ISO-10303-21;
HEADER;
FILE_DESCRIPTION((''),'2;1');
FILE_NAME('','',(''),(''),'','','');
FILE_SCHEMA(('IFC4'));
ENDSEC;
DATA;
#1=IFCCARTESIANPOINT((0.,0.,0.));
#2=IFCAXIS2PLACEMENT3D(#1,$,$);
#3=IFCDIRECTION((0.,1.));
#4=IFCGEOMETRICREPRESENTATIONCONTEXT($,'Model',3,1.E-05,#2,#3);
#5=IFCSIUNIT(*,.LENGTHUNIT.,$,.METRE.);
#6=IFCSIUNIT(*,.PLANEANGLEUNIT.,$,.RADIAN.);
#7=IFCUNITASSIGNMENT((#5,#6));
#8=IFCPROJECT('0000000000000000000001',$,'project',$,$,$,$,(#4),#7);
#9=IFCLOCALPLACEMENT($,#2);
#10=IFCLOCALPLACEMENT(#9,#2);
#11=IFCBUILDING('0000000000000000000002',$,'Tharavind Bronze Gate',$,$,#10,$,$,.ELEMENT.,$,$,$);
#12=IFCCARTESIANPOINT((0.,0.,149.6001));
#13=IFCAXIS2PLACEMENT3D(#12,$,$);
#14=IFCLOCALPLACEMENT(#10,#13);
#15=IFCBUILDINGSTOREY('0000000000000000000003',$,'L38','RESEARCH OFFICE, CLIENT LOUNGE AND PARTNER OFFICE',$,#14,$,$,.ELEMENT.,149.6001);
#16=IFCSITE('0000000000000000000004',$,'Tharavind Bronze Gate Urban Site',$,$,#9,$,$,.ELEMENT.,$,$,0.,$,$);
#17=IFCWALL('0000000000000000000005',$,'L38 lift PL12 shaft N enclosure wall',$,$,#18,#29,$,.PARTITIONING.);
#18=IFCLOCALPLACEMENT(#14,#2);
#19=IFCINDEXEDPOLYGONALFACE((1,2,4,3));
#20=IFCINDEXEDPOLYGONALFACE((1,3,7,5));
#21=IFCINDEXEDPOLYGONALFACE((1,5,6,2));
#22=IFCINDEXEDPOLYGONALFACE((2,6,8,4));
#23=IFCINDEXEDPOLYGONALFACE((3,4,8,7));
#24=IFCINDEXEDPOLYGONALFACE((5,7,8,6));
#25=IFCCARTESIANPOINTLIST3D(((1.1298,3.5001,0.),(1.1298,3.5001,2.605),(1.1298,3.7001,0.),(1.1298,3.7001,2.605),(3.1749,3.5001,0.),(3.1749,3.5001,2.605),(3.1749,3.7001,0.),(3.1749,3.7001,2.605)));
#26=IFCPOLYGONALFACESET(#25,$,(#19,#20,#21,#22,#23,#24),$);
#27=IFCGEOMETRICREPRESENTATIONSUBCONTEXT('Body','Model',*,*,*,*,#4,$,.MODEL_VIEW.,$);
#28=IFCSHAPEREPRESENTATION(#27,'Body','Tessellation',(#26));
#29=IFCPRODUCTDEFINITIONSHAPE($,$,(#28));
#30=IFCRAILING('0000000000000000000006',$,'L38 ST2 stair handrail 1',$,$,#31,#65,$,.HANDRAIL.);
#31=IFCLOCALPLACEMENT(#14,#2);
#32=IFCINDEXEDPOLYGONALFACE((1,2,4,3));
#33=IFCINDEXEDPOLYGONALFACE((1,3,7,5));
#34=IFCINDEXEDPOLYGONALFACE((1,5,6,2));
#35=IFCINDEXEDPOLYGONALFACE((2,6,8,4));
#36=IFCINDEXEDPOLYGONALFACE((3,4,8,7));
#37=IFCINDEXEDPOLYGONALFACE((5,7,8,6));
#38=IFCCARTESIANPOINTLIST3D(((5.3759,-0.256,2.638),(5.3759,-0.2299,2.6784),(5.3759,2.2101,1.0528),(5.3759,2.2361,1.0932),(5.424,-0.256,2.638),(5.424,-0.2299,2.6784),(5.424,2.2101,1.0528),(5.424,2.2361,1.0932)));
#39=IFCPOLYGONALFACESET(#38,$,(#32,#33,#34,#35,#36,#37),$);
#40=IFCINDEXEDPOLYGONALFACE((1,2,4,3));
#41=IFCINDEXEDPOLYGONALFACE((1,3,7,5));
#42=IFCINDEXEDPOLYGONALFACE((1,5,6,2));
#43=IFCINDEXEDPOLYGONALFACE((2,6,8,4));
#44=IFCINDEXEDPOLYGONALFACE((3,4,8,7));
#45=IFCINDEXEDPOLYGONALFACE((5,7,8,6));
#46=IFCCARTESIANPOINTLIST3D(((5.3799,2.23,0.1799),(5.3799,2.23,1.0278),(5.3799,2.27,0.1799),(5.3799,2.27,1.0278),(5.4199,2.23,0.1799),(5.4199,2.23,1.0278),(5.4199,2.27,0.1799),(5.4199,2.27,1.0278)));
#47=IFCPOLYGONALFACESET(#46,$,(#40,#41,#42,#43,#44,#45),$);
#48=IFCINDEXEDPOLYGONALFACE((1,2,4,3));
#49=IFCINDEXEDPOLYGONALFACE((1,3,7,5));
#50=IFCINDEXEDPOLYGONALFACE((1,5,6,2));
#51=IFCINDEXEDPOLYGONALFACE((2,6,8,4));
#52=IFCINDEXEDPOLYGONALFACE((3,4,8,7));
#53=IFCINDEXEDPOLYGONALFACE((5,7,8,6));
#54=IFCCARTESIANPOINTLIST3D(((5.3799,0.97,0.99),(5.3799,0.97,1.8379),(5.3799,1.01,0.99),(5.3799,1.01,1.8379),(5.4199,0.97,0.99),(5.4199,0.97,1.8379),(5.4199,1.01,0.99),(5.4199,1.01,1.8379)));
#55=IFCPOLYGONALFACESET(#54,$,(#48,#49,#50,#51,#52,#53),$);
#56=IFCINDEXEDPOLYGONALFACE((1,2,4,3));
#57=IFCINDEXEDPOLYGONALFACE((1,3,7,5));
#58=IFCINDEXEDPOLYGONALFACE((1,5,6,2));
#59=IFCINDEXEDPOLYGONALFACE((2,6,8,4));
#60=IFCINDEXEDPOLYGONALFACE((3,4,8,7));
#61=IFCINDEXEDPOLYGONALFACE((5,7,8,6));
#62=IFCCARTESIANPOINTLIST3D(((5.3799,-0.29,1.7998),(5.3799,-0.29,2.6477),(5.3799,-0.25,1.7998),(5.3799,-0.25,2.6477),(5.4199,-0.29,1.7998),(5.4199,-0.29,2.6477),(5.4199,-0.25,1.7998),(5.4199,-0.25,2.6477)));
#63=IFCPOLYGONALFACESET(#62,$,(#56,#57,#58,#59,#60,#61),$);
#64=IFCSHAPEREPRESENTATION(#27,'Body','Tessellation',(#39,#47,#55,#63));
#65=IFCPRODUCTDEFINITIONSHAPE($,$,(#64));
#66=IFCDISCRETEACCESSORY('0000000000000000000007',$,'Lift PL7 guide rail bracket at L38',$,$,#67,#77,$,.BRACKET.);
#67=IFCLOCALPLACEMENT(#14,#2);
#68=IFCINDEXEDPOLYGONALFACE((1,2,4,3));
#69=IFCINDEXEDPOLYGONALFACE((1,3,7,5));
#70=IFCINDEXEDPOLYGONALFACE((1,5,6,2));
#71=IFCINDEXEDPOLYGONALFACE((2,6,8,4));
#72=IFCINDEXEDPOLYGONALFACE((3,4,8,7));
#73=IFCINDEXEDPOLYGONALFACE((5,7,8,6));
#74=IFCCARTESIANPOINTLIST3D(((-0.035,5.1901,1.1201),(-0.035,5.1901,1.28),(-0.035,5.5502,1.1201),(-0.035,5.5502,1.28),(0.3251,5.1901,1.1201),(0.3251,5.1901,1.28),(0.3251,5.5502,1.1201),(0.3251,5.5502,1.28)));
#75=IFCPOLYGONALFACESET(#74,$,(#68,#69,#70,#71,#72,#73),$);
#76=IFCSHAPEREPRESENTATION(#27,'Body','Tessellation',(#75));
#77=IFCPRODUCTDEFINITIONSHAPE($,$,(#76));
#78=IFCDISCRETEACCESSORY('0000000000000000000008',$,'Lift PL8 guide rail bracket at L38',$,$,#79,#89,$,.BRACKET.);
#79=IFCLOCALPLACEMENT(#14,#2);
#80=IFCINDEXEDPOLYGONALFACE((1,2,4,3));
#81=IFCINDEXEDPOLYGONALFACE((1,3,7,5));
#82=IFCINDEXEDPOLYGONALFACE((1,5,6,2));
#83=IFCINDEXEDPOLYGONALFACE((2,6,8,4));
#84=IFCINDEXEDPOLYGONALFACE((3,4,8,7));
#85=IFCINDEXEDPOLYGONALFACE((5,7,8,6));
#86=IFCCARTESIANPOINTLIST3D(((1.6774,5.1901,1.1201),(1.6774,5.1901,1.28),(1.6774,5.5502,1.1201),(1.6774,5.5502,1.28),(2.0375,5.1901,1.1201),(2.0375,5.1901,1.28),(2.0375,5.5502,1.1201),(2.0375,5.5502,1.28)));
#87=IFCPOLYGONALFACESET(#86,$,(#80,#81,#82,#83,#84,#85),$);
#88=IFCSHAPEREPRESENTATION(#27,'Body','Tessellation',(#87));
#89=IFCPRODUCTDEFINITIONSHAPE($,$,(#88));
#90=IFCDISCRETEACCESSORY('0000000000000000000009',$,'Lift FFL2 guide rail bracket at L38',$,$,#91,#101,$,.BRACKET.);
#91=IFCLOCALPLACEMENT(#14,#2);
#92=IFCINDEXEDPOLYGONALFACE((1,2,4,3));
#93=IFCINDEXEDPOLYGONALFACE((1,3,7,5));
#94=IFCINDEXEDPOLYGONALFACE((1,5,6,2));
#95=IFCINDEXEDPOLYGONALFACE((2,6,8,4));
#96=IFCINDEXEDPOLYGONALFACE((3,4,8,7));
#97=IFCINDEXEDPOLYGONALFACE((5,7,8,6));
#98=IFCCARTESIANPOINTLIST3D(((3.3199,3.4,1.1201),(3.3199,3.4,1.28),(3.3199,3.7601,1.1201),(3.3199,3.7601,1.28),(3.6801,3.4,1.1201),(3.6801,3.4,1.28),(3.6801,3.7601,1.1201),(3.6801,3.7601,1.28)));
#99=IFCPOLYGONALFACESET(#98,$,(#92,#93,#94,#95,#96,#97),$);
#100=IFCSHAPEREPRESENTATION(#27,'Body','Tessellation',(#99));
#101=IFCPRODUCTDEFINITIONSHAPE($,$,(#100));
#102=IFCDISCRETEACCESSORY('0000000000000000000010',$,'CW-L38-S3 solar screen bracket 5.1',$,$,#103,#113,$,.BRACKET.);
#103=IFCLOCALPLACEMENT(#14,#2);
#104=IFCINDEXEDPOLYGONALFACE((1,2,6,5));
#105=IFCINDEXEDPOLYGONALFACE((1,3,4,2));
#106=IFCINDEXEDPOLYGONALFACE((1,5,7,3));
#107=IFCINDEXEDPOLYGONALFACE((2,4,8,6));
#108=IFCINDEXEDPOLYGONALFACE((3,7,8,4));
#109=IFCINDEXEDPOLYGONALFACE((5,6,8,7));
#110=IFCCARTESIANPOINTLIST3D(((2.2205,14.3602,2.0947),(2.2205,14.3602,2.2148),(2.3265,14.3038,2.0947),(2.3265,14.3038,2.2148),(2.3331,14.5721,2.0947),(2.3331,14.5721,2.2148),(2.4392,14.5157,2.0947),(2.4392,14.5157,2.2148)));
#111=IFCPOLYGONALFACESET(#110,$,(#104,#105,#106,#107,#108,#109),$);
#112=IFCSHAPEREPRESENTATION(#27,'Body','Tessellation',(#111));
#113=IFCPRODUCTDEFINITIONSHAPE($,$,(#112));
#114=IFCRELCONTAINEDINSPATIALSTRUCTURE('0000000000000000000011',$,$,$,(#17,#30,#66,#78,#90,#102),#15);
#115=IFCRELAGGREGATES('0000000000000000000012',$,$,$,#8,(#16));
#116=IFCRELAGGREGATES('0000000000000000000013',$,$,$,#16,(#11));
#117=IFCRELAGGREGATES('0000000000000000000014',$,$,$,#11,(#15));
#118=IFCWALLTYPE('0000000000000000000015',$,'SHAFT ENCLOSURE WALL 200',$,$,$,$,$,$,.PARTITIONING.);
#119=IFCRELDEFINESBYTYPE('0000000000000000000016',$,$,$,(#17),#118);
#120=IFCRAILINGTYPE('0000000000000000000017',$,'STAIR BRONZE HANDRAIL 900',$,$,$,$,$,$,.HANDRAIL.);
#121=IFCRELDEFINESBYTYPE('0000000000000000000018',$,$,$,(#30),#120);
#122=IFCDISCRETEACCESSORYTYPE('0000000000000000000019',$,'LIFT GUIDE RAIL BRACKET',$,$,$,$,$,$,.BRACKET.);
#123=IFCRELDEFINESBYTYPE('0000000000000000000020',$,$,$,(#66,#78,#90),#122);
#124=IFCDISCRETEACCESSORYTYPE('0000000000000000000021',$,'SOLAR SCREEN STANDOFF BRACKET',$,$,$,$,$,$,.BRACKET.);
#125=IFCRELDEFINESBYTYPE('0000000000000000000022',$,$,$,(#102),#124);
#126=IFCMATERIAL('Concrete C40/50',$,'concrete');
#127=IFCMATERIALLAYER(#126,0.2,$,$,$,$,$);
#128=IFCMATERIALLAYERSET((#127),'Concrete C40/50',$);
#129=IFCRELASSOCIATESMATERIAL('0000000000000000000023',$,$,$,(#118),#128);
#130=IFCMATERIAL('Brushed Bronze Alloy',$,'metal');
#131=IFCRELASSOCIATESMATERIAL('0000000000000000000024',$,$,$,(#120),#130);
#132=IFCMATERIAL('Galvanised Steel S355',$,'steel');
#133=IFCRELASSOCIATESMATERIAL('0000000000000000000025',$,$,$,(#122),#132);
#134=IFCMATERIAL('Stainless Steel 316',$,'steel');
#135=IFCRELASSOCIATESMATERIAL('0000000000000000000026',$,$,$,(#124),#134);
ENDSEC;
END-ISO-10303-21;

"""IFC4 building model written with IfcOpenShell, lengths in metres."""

from ifc_helpers import new_model, si_unit, direction, frame, frame_2d, origin, origin_2d, place, context, subcontext, project, spatial, rectangle, extrude, material, layer, layer_set, type_object, element, save


model = new_model("IFC4")

# Units and contexts
model_context = context("Model", 3, precision=1e-05, world=origin(), true_north=direction((0.0, 1.0)))
body_context = subcontext(model_context, "Body", "Model", "MODEL_VIEW")
ifc_project = project(units=[si_unit("LENGTHUNIT", "METRE"), si_unit("PLANEANGLEUNIT", "RADIAN")], contexts=[model_context])

# Site, building, storey
site_placement = place(None, origin())
site = spatial("IfcSite", under=ifc_project, at=site_placement, Name="Tharavind Bronze Gate Urban Site", CompositionType="ELEMENT", RefElevation=0.0)
building_placement = place(site_placement, origin())
building = spatial("IfcBuilding", under=site, at=building_placement, Name="Tharavind Bronze Gate", CompositionType="ELEMENT")
storey_placement = place(building_placement, frame((0.0, 0.0, 149.6001)))
storey = spatial("IfcBuildingStorey", under=building, at=storey_placement, Name="L38", Description="RESEARCH OFFICE, CLIENT LOUNGE AND PARTNER OFFICE", CompositionType="ELEMENT", Elevation=149.6001)

# Wall
ifc_material_1 = material(Name="Concrete C40/50", Category="concrete")
ifc_layer_1 = layer(ifc_material_1, 0.2)
ifc_layer_set_1 = layer_set([ifc_layer_1], Name="Concrete C40/50")
wall_type_1 = type_object("IfcWallType", Name="SHAFT ENCLOSURE WALL 200", PredefinedType="PARTITIONING", material=ifc_layer_set_1)
wall_1_placement = place(storey_placement, frame((1.1299, 3.6001, 0.0), z_axis=(0.0, 0.0, 1.0), x_axis=(1.0, 0.0, 0.0)))
element("IfcWall", 1, at=wall_1_placement, inside=storey, type_object=wall_type_1, Name="L38 lift PL12 shaft N enclosure wall", PredefinedType="PARTITIONING", context=body_context, shape_type="SweptSolid", body=[
    extrude(rectangle(XDim=2.0452, YDim=0.2, at=frame_2d((1.0225, 0.0))), origin(), (0.0, 0.0, 1.0), 2.605),
])

# Railing
ifc_material_2 = material(Name="Brushed Bronze Alloy", Category="metal")
railing_type = type_object("IfcRailingType", Name="STAIR BRONZE HANDRAIL 900", PredefinedType="HANDRAIL", material=ifc_material_2)
railing_placement = place(storey_placement, frame((5.3999, 2.25, 0.1799)))
element("IfcRailing", 2, at=railing_placement, inside=storey, type_object=railing_type, Name="L38 ST2 stair handrail 1", PredefinedType="HANDRAIL", context=body_context, shape_type="SweptSolid", body=[
    extrude(rectangle(XDim=0.0481, YDim=0.0481, at=origin_2d()), frame((0.0, -0.0269, 0.8931), z_axis=(0.0, -0.8412, 0.540725), x_axis=(1.0, 0.0, 0.0)), (0.0, 0.0, 1.0), 2.9316),
    extrude(rectangle(XDim=0.04, YDim=0.04, at=origin_2d()), origin(), (0.0, 0.0, 1.0), 0.8479),
    extrude(rectangle(XDim=0.04, YDim=0.04, at=origin_2d()), frame((0.0, -1.26, 0.8101)), (0.0, 0.0, 1.0), 0.8479),
    extrude(rectangle(XDim=0.04, YDim=0.04, at=origin_2d()), frame((0.0, -2.52, 1.6199)), (0.0, 0.0, 1.0), 0.8479),
])

# Discrete accessories
ifc_material_3 = material(Name="Galvanised Steel S355", Category="steel")
discrete_accessory_type_1 = type_object("IfcDiscreteAccessoryType", Name="LIFT GUIDE RAIL BRACKET", PredefinedType="BRACKET", material=ifc_material_3)
for number, where, z_axis, x_axis, name in (
    (3, (0.145, 5.3701, 1.1201), (0.0, 0.0, 1.0), (1.0, 0.0, 0.0), "Lift PL7 guide rail bracket at L38"),
    (4, (1.8574, 5.3701, 1.1201), (0.0, 0.0, 1.0), (1.0, 0.0, 0.0), "Lift PL8 guide rail bracket at L38"),
    (5, (3.5, 3.5801, 1.1201), (0.0, 0.0, 1.0), (1.0, 0.0, 0.0), "Lift FFL2 guide rail bracket at L38"),
):
    element("IfcDiscreteAccessory", number, at=place(storey_placement, frame(where, z_axis=z_axis, x_axis=x_axis)), inside=storey, type_object=discrete_accessory_type_1, Name=name, PredefinedType="BRACKET", context=body_context, shape_type="SweptSolid", body=[
        extrude(rectangle(XDim=0.3601, YDim=0.3601, at=origin_2d()), origin(), (0.0, 0.0, 1.0), 0.1599),
    ])
ifc_material_4 = material(Name="Stainless Steel 316", Category="steel")
discrete_accessory_type_2 = type_object("IfcDiscreteAccessoryType", Name="SOLAR SCREEN STANDOFF BRACKET", PredefinedType="BRACKET", material=ifc_material_4)
discrete_accessory_placement = place(storey_placement, frame((2.3298, 14.438, 2.0947), z_axis=(0.0, 0.0, 1.0), x_axis=(-0.882948, 0.469472, 0.0)))
element("IfcDiscreteAccessory", 6, at=discrete_accessory_placement, inside=storey, type_object=discrete_accessory_type_2, Name="CW-L38-S3 solar screen bracket 5.1", PredefinedType="BRACKET", context=body_context, shape_type="SweptSolid", body=[
    extrude(rectangle(XDim=0.1201, YDim=0.24, at=origin_2d()), origin(), (0.0, 0.0, 1.0), 0.1201),
])

save(model, "model.ifc")
